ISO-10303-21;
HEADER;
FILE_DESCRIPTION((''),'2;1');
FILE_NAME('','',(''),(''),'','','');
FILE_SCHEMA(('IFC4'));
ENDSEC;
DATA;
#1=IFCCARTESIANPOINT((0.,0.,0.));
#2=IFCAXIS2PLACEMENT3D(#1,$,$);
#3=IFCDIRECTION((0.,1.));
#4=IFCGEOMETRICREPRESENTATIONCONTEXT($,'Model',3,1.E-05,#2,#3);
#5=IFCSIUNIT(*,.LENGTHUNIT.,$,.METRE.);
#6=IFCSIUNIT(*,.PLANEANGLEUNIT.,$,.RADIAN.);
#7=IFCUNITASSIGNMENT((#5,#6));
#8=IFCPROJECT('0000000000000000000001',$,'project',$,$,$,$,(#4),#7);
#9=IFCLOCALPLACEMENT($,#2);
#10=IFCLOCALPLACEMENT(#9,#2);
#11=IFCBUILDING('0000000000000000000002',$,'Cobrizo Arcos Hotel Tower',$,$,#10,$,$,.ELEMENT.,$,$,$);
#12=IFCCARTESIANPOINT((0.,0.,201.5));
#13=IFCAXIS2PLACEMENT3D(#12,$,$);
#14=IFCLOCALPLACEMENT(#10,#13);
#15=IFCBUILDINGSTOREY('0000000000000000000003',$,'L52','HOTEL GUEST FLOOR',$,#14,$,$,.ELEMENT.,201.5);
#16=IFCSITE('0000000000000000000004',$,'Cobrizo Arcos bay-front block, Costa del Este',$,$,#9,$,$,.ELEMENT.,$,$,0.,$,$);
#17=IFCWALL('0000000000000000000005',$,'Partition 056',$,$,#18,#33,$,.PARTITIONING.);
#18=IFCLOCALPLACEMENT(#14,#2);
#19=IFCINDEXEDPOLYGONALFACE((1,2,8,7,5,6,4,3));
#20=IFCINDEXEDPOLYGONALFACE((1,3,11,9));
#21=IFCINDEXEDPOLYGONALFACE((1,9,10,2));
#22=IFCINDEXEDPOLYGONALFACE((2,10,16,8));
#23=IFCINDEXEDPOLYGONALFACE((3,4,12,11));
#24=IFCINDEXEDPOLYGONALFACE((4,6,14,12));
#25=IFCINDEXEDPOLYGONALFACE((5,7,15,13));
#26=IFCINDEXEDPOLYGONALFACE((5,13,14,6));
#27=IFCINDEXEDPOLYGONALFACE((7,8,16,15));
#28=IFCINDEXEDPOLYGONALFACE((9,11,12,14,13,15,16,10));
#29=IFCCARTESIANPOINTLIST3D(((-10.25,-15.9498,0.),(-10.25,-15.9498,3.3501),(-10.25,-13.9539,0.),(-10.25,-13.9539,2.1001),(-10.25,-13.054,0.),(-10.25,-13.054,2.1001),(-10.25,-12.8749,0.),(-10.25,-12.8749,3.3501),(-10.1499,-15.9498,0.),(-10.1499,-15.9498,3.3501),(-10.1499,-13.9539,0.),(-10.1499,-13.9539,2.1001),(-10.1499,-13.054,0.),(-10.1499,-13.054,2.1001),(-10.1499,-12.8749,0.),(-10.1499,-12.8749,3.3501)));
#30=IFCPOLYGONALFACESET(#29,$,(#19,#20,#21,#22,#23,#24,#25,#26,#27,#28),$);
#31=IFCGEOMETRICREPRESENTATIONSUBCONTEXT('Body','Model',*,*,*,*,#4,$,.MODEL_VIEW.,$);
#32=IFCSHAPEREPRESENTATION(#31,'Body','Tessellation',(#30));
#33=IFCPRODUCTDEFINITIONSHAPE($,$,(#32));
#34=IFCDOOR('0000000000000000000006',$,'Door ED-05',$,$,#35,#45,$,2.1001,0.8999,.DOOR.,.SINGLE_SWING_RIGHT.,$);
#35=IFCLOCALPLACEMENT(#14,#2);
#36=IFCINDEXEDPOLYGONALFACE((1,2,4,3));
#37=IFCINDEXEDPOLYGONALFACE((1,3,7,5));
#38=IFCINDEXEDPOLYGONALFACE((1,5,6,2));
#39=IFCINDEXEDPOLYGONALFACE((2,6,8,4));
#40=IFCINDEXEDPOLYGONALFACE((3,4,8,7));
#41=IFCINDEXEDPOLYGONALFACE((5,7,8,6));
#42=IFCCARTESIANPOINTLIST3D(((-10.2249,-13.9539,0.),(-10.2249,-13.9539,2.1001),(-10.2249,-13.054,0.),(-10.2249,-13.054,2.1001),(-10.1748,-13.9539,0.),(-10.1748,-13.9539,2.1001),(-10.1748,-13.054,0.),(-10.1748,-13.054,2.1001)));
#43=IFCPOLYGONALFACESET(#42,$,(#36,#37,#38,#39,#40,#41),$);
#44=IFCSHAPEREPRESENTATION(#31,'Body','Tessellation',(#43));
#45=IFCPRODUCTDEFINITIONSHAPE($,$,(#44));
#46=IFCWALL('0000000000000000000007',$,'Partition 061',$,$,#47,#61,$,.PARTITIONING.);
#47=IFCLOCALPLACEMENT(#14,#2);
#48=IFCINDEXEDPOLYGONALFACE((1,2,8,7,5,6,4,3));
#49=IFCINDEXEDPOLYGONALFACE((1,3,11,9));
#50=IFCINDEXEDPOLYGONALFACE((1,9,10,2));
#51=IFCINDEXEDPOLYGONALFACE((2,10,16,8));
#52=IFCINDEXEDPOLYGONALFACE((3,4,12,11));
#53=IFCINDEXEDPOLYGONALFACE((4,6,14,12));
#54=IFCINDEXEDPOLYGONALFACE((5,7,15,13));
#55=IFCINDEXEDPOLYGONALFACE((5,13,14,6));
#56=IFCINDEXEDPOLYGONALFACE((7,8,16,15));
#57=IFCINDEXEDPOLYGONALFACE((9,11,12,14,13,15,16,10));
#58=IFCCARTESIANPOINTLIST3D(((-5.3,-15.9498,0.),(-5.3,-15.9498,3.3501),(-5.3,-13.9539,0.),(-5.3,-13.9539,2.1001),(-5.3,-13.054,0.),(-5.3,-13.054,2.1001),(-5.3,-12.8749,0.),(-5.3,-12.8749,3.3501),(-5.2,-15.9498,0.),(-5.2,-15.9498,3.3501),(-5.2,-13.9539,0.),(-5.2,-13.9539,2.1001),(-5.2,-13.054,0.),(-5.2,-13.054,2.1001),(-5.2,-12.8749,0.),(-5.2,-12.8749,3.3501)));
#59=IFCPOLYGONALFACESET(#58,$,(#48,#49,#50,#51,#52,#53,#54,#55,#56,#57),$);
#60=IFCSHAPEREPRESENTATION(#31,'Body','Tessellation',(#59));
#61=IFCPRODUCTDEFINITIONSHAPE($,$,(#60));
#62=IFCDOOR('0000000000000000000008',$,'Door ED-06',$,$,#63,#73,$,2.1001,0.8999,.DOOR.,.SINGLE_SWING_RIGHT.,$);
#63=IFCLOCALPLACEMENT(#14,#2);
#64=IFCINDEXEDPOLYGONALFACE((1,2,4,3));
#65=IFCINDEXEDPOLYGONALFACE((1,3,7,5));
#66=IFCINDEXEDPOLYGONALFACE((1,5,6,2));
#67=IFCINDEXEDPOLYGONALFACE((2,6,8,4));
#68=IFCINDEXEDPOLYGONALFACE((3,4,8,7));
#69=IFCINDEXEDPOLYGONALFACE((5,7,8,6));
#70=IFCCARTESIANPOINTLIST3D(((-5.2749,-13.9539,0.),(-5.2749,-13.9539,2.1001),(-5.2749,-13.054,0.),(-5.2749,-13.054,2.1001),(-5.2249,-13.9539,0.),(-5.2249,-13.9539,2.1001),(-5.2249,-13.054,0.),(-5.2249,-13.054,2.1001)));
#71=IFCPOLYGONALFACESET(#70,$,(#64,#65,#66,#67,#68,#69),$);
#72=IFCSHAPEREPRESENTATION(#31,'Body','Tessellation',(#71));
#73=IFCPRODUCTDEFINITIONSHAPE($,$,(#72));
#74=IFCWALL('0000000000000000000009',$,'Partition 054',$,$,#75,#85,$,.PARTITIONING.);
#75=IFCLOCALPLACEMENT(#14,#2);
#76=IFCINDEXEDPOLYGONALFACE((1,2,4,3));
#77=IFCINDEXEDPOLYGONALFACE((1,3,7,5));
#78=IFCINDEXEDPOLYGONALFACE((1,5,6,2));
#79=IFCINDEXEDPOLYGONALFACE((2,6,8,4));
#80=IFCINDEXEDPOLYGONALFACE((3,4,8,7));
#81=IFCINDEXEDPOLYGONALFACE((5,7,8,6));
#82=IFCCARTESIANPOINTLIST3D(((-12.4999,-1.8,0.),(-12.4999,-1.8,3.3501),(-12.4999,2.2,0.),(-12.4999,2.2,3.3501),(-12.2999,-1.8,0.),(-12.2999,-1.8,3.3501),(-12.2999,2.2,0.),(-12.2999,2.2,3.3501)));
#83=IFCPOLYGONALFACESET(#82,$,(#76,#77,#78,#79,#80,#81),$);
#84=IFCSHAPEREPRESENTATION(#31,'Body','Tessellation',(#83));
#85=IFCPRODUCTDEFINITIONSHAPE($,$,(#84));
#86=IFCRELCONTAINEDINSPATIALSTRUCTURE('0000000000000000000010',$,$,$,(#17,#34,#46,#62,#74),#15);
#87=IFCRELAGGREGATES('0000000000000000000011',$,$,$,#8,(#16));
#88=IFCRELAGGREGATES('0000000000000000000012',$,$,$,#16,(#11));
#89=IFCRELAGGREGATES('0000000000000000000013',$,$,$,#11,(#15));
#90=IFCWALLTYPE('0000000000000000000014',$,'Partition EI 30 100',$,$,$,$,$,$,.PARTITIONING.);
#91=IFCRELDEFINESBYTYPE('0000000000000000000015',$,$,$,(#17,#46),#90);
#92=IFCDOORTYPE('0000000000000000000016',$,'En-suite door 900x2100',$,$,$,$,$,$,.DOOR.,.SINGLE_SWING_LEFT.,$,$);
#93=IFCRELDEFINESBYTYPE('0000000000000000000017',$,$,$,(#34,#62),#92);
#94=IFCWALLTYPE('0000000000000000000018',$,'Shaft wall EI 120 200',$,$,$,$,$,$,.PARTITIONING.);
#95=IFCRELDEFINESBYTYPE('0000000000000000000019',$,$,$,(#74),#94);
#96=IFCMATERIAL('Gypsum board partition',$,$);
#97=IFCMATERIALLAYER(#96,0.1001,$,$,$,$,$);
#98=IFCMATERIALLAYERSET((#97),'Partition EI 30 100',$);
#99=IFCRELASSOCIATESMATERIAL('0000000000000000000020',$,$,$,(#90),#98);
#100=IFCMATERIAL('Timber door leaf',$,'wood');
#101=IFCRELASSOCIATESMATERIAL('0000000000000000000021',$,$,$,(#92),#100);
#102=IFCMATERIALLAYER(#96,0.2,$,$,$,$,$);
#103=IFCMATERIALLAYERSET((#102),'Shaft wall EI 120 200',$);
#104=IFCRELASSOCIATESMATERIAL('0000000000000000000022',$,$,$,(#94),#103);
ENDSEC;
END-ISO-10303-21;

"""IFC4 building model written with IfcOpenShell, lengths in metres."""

from ifc_helpers import new_model, si_unit, direction, frame, frame_2d, origin, place, context, subcontext, project, spatial, rectangle, extrude, material, layer, layer_set, type_object, element, fill, save


model = new_model("IFC4")

# Units and contexts
model_context = context("Model", 3, precision=1e-05, world=origin(), true_north=direction((0.0, 1.0)))
body_context = subcontext(model_context, "Body", "Model", "MODEL_VIEW")
ifc_project = project(units=[si_unit("LENGTHUNIT", "METRE"), si_unit("PLANEANGLEUNIT", "RADIAN")], contexts=[model_context])

# Site, building, storey
site_placement = place(None, origin())
site = spatial("IfcSite", under=ifc_project, at=site_placement, Name="Cobrizo Arcos bay-front block, Costa del Este", CompositionType="ELEMENT", RefElevation=0.0)
building_placement = place(site_placement, origin())
building = spatial("IfcBuilding", under=site, at=building_placement, Name="Cobrizo Arcos Hotel Tower", CompositionType="ELEMENT")
storey_placement = place(building_placement, frame((0.0, 0.0, 201.5)))
storey = spatial("IfcBuildingStorey", under=building, at=storey_placement, Name="L52", Description="HOTEL GUEST FLOOR", CompositionType="ELEMENT", Elevation=201.5)

# Shared definitions
ifc_material_1 = material(Name="Gypsum board partition")
ifc_material_2 = material(Name="Timber door leaf", Category="wood")

# Shared definitions
ifc_layer_1 = layer(ifc_material_1, 0.1001)
ifc_layer_set_1 = layer_set([ifc_layer_1], Name="Partition EI 30 100")
wall_type_1 = type_object("IfcWallType", Name="Partition EI 30 100", PredefinedType="PARTITIONING", material=ifc_layer_set_1)
door_type_1 = type_object("IfcDoorType", Name="En-suite door 900x2100", OperationType="SINGLE_SWING_LEFT", PredefinedType="DOOR", material=ifc_material_2)

# Walls, openings, doors
wall_1_placement = place(storey_placement, frame((-10.2, -15.95, 0.0), z_axis=(0.0, 0.0, 1.0), x_axis=(0.0, 1.0, 0.0)))
wall_1 = element("IfcWall", 1, at=wall_1_placement, inside=storey, type_object=wall_type_1, Name="Partition 056", PredefinedType="PARTITIONING", context=body_context, shape_type="SweptSolid", body=[
    extrude(rectangle(XDim=3.075, YDim=0.1001, at=frame_2d((1.5376, 0.0))), origin(), (0.0, 0.0, 1.0), 3.3501),
])
opening_1_placement = place(wall_1_placement, frame((1.9961, 0.0, 0.0)))
opening_1 = element("IfcOpeningElement", 2, at=opening_1_placement, cuts=wall_1, PredefinedType="OPENING", context=body_context, shape_type="SweptSolid", body=[
    extrude(rectangle(XDim=0.8999, YDim=2.1001, at=frame_2d((0.45, 1.05))), frame((0.0, 0.062, 0.0), z_axis=(0.0, -1.0, 0.0), x_axis=(1.0, 0.0, 0.0)), (0.0, 0.0, 1.0), 0.124),
])
door_1_placement = place(opening_1_placement, origin())
door_1 = element("IfcDoor", 3, at=door_1_placement, inside=storey, type_object=door_type_1, Name="Door ED-05", OperationType="SINGLE_SWING_RIGHT", OverallHeight=2.1001, OverallWidth=0.8999, PredefinedType="DOOR", context=body_context, shape_type="SweptSolid", body=[
    extrude(rectangle(XDim=0.8999, YDim=2.1001, at=frame_2d((0.45, 1.05))), frame((0.0, 0.0249, 0.0), z_axis=(0.0, -1.0, 0.0), x_axis=(1.0, 0.0, 0.0)), (0.0, 0.0, 1.0), 0.05),
])
fill(opening_1, door_1)
wall_2_placement = place(storey_placement, frame((-5.25, -15.95, 0.0), z_axis=(0.0, 0.0, 1.0), x_axis=(0.0, 1.0, 0.0)))
wall_2 = element("IfcWall", 4, at=wall_2_placement, inside=storey, type_object=wall_type_1, Name="Partition 061", PredefinedType="PARTITIONING", context=body_context, shape_type="SweptSolid", body=[
    extrude(rectangle(XDim=3.075, YDim=0.1001, at=frame_2d((1.5376, 0.0))), origin(), (0.0, 0.0, 1.0), 3.3501),
])
opening_2_placement = place(wall_2_placement, frame((1.9961, 0.0, 0.0)))
opening_2 = element("IfcOpeningElement", 5, at=opening_2_placement, cuts=wall_2, PredefinedType="OPENING", context=body_context, shape_type="SweptSolid", body=[
    extrude(rectangle(XDim=0.8999, YDim=2.1001, at=frame_2d((0.45, 1.05))), frame((0.0, 0.062, 0.0), z_axis=(0.0, -1.0, 0.0), x_axis=(1.0, 0.0, 0.0)), (0.0, 0.0, 1.0), 0.124),
])
door_2_placement = place(opening_2_placement, origin())
door_2 = element("IfcDoor", 6, at=door_2_placement, inside=storey, type_object=door_type_1, Name="Door ED-06", OperationType="SINGLE_SWING_RIGHT", OverallHeight=2.1001, OverallWidth=0.8999, PredefinedType="DOOR", context=body_context, shape_type="SweptSolid", body=[
    extrude(rectangle(XDim=0.8999, YDim=2.1001, at=frame_2d((0.45, 1.05))), frame((0.0, 0.0249, 0.0), z_axis=(0.0, -1.0, 0.0), x_axis=(1.0, 0.0, 0.0)), (0.0, 0.0, 1.0), 0.05),
])
fill(opening_2, door_2)

# Wall
ifc_layer_2 = layer(ifc_material_1, 0.2)
ifc_layer_set_2 = layer_set([ifc_layer_2], Name="Shaft wall EI 120 200")
wall_type_2 = type_object("IfcWallType", Name="Shaft wall EI 120 200", PredefinedType="PARTITIONING", material=ifc_layer_set_2)
wall_3_placement = place(storey_placement, frame((-12.3999, -1.8, 0.0), z_axis=(0.0, 0.0, 1.0), x_axis=(0.0, 1.0, 0.0)))
element("IfcWall", 7, at=wall_3_placement, inside=storey, type_object=wall_type_2, Name="Partition 054", PredefinedType="PARTITIONING", context=body_context, shape_type="SweptSolid", body=[
    extrude(rectangle(XDim=4.0, YDim=0.2, at=frame_2d((2.0, 0.0))), origin(), (0.0, 0.0, 1.0), 3.3501),
])

save(model, "model.ifc")
